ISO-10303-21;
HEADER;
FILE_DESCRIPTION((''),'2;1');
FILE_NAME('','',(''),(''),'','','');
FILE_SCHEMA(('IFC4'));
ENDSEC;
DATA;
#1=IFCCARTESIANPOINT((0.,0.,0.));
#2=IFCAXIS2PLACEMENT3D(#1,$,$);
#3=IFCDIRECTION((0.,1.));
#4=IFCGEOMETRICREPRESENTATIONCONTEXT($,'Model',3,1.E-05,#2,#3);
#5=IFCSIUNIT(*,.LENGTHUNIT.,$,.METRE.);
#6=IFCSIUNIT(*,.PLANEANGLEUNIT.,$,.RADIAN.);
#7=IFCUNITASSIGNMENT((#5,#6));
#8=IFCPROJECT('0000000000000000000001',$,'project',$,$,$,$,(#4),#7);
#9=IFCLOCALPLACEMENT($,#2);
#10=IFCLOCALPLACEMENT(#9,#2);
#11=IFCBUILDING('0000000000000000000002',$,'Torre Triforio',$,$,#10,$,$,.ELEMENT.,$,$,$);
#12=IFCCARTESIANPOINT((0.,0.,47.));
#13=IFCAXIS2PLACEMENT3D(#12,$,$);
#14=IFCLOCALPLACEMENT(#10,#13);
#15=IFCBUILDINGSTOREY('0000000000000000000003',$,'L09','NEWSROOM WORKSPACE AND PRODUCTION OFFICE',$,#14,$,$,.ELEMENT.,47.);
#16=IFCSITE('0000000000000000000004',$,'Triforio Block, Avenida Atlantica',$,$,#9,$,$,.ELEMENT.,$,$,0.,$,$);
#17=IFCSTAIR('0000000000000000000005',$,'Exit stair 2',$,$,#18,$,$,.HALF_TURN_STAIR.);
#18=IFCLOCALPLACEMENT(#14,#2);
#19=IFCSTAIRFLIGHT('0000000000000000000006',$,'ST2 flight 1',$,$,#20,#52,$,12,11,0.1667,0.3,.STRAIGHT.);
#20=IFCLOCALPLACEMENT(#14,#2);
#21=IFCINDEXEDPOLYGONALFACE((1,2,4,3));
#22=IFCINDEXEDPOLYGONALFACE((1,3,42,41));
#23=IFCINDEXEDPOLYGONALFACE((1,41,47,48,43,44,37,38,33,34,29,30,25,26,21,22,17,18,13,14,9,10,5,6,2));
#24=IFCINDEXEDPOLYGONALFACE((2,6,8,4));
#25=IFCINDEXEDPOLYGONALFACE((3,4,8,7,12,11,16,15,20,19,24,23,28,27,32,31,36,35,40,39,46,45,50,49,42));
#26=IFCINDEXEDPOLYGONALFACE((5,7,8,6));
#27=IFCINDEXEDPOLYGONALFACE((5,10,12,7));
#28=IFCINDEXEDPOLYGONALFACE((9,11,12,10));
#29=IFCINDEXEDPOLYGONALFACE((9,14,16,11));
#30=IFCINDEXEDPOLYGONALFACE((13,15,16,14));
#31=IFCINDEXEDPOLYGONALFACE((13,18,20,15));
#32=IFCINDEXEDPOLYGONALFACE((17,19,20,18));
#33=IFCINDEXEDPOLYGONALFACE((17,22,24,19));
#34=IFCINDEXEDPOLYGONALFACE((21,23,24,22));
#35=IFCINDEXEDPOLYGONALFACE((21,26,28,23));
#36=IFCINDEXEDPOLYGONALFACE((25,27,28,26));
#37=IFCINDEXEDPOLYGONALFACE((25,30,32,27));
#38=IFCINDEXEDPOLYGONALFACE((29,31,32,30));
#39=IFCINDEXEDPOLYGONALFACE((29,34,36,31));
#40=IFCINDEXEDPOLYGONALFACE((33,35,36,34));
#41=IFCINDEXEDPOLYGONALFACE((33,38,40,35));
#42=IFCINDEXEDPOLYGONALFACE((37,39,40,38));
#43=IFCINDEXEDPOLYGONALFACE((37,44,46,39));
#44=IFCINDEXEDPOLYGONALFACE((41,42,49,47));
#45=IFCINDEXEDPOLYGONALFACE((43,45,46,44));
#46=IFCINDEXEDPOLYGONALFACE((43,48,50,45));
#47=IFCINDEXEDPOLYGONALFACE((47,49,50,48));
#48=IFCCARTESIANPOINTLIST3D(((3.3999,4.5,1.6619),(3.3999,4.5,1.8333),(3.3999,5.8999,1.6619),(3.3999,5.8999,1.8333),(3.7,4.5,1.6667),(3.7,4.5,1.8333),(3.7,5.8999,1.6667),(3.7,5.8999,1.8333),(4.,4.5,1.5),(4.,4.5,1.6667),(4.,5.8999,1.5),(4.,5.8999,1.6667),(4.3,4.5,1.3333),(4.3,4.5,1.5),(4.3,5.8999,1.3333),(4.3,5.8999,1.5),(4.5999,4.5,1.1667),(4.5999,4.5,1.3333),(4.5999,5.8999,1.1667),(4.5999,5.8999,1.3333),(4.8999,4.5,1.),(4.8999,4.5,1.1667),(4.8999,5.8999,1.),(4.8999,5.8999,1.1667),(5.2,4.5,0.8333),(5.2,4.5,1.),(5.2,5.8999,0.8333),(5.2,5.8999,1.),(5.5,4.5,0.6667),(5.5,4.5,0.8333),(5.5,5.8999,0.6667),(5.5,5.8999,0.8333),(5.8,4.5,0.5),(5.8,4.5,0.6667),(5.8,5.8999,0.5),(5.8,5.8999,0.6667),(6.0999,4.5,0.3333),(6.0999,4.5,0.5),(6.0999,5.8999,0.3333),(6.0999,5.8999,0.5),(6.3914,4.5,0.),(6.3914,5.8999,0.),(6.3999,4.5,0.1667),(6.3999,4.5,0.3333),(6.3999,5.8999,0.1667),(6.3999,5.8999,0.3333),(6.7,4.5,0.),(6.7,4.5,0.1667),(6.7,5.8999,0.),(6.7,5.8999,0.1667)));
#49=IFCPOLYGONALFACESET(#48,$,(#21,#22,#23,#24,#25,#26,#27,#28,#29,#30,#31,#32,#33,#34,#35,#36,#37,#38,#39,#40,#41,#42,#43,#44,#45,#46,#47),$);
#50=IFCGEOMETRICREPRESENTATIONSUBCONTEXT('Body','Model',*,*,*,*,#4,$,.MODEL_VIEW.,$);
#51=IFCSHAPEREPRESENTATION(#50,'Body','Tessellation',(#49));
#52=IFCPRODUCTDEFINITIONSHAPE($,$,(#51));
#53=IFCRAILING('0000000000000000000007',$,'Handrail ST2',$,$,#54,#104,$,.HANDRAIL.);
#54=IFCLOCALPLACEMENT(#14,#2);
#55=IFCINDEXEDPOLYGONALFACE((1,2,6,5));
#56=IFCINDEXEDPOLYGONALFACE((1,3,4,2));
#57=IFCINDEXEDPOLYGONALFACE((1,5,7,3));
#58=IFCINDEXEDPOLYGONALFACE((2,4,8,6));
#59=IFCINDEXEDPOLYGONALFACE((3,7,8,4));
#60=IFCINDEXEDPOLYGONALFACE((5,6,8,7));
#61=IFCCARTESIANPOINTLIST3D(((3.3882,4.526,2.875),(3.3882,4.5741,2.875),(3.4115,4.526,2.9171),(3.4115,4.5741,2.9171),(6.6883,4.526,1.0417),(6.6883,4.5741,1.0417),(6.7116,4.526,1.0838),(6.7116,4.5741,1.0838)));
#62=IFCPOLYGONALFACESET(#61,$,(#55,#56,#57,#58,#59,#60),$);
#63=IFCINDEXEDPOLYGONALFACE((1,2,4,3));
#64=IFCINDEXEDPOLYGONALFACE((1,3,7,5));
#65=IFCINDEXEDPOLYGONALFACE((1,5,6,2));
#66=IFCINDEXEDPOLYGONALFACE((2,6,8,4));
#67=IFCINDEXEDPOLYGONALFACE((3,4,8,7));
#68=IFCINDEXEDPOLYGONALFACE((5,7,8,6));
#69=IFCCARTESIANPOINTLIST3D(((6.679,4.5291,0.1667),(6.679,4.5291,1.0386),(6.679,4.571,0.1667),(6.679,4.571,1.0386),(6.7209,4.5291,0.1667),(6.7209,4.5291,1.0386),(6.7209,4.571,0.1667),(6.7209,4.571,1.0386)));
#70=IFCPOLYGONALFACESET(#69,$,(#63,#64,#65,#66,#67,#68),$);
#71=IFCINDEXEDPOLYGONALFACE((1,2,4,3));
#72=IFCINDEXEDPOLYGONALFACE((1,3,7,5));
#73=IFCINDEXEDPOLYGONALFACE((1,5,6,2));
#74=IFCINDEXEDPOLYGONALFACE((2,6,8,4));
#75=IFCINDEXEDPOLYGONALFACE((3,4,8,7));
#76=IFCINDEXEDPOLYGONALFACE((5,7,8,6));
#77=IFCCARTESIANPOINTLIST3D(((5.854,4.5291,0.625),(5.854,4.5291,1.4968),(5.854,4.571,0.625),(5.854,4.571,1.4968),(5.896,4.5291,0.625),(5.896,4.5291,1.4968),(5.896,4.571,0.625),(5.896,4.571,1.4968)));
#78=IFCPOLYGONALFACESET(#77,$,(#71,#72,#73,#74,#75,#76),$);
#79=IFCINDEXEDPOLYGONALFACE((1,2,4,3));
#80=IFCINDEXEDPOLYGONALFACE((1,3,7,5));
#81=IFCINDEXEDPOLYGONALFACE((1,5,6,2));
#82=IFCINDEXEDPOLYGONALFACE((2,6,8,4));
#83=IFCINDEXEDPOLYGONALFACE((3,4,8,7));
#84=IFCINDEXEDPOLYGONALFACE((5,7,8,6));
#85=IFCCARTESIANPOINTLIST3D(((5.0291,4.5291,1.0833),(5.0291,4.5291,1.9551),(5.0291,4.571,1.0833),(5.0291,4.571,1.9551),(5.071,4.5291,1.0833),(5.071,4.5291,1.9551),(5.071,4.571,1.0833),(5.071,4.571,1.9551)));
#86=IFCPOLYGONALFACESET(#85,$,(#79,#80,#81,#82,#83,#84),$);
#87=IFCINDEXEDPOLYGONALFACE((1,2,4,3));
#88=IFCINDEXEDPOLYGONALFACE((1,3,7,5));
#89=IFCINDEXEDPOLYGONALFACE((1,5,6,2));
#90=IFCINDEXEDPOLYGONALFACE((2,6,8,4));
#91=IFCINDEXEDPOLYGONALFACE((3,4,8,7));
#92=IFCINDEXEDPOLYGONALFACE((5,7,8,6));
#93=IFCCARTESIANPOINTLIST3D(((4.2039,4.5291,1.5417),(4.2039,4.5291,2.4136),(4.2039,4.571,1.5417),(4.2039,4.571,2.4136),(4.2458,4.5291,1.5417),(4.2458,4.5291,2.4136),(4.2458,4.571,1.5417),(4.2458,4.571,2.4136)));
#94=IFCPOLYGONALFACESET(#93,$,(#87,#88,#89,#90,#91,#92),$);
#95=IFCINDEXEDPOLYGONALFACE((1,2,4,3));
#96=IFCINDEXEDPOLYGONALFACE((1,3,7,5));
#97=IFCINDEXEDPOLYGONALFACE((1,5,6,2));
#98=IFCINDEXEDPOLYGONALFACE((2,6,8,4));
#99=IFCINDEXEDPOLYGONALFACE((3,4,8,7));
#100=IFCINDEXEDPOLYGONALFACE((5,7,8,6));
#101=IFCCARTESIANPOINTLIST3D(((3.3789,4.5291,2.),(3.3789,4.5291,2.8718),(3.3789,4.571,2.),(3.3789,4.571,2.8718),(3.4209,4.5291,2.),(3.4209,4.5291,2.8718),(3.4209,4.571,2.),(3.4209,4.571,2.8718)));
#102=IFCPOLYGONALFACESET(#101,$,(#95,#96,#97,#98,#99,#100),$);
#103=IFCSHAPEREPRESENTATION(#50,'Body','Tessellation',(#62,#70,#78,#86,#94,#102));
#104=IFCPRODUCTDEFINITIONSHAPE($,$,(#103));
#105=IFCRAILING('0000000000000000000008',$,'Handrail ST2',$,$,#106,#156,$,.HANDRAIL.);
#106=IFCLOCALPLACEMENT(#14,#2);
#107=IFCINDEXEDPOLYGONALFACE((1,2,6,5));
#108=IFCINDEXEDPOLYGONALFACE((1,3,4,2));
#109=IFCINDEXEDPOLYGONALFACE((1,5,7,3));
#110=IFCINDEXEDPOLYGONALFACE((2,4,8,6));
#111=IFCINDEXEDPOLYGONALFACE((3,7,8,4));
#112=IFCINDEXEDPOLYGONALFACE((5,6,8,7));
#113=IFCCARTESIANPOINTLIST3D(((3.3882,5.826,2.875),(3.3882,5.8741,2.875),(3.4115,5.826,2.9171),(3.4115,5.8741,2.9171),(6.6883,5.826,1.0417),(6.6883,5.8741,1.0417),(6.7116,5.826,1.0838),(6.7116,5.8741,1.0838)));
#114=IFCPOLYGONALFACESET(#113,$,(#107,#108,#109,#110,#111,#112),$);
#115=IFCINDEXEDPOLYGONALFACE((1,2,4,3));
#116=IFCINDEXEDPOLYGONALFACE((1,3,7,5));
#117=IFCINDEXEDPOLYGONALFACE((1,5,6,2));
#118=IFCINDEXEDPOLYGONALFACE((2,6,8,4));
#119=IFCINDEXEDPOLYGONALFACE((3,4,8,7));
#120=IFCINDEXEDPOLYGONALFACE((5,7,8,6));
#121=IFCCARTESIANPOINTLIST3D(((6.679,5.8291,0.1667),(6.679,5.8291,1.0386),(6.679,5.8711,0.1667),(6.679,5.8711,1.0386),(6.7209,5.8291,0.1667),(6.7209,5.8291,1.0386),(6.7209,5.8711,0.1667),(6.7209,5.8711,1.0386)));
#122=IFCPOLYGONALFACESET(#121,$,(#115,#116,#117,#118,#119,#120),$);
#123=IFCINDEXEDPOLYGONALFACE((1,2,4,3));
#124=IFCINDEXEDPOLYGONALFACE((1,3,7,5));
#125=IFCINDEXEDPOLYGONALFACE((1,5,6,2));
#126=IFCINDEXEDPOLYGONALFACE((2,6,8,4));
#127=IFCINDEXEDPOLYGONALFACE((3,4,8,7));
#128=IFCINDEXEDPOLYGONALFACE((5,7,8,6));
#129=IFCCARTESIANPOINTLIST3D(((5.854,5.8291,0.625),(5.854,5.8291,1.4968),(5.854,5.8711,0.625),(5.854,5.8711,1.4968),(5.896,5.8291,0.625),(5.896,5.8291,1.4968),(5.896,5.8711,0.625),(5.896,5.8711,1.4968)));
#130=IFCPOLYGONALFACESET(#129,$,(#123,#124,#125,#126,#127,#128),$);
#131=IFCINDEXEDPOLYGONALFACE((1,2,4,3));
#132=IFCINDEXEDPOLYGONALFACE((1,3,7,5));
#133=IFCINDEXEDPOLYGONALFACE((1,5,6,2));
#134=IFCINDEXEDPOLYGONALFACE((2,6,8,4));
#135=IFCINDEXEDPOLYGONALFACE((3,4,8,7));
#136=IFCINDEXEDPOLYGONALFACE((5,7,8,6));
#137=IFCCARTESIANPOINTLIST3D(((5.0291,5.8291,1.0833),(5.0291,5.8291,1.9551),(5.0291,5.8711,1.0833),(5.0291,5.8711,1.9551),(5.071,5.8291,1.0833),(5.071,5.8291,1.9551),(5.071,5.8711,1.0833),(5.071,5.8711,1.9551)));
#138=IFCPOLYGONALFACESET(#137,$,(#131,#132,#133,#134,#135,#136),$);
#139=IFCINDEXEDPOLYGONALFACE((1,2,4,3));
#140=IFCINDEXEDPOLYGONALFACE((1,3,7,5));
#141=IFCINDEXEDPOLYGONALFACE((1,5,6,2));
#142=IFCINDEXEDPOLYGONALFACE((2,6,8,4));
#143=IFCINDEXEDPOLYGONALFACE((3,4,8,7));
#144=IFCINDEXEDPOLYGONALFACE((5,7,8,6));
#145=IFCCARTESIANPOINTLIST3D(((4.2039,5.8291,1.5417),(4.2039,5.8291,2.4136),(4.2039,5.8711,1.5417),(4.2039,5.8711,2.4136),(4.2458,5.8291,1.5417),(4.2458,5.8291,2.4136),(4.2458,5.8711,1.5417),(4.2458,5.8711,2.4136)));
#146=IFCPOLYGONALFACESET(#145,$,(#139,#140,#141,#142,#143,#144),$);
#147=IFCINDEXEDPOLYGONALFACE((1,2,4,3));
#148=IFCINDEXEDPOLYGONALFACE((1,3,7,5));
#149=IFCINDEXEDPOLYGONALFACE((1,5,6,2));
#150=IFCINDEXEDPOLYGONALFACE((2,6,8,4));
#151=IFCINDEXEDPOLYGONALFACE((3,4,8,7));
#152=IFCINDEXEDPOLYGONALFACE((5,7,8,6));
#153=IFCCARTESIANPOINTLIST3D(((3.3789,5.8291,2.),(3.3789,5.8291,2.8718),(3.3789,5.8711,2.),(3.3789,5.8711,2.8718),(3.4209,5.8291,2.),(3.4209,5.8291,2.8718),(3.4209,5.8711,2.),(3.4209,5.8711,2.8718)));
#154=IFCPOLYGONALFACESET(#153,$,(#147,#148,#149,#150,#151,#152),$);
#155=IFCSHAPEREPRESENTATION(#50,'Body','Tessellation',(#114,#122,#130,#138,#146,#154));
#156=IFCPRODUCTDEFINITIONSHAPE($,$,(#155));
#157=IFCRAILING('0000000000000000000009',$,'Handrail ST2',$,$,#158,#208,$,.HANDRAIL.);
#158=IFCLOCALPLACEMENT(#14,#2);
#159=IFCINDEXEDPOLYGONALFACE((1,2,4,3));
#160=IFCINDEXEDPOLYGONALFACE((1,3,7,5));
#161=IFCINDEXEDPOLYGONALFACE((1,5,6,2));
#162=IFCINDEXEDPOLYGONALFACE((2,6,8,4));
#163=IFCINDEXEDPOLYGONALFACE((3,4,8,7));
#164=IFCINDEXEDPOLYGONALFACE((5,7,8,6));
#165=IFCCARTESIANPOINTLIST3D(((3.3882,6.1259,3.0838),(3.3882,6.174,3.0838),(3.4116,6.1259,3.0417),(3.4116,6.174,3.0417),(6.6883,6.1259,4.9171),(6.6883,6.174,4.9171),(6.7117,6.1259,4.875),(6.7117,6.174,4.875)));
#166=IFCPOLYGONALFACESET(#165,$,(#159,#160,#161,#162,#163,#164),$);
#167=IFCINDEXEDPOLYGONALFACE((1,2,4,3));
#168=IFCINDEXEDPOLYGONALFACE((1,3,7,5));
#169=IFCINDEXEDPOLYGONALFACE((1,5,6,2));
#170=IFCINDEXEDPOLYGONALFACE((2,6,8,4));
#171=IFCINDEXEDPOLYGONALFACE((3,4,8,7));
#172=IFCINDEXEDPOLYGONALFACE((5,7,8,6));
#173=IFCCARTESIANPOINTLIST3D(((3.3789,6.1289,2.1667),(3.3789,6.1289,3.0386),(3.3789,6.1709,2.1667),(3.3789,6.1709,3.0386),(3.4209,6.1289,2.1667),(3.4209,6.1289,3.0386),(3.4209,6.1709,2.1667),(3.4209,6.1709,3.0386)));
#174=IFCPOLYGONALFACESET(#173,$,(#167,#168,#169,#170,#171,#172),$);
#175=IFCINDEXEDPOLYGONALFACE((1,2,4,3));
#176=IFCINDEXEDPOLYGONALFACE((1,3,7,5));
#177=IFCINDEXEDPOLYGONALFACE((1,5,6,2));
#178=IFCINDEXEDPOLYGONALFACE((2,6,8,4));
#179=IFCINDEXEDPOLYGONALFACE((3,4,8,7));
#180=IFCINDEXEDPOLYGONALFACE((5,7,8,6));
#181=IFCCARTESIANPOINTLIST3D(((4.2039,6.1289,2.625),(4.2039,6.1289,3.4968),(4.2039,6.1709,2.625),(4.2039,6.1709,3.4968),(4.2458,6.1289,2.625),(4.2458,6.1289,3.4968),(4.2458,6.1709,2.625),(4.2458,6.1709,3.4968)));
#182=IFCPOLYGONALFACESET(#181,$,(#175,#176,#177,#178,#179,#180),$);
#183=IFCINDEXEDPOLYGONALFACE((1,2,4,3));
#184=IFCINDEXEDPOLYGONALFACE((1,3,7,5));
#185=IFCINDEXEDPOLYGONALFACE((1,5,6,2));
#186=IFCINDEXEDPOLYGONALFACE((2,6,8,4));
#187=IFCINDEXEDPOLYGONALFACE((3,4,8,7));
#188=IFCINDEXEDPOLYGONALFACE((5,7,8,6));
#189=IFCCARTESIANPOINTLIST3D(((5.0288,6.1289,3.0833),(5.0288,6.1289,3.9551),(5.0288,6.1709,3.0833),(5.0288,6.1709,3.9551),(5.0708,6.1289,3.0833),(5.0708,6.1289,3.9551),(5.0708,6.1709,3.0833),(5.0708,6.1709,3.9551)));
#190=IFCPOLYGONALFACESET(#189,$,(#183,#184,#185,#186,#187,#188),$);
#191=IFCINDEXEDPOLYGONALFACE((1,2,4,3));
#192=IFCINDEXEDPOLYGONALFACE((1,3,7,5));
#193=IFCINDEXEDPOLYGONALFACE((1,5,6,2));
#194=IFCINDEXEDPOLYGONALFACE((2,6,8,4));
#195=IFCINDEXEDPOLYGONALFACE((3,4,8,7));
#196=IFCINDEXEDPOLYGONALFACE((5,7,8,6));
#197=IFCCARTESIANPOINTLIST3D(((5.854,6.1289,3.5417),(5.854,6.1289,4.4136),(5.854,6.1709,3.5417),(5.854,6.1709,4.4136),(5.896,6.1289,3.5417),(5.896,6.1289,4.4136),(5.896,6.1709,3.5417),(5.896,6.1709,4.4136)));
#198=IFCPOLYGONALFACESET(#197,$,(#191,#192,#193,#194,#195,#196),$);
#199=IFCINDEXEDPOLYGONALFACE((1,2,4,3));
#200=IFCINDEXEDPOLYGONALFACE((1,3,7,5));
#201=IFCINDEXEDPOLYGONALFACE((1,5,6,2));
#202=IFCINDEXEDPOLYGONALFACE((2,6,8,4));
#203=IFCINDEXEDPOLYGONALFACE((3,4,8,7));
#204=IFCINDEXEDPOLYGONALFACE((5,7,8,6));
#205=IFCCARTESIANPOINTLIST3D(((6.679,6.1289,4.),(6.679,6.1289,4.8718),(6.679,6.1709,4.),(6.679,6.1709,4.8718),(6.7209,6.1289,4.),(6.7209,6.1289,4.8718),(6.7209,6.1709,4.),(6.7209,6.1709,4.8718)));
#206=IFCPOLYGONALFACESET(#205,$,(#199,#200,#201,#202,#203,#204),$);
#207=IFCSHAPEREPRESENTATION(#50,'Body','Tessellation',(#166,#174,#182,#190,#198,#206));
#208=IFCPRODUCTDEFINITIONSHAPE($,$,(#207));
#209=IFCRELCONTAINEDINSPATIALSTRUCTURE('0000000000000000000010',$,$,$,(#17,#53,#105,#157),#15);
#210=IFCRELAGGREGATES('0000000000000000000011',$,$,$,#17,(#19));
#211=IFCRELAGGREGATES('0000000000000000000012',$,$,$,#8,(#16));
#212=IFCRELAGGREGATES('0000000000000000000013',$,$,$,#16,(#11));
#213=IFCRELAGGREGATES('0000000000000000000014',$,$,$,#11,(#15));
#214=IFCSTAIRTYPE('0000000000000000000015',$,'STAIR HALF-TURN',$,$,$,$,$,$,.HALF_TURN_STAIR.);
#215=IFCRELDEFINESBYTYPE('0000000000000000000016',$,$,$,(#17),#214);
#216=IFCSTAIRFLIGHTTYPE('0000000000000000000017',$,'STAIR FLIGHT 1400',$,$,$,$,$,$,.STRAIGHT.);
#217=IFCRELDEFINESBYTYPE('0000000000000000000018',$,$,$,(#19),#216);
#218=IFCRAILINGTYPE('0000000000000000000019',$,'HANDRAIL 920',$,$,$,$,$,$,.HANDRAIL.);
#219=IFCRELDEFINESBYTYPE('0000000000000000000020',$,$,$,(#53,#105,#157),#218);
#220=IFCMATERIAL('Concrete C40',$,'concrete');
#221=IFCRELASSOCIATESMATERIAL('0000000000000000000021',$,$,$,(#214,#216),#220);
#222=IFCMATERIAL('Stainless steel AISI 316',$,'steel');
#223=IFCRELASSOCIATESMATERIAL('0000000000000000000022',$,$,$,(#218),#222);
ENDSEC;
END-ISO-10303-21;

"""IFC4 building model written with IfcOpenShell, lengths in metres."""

from ifc_helpers import new_model, si_unit, direction, frame, origin, origin_2d, place, context, subcontext, project, spatial, polyline, rectangle, outline, extrude, material, type_object, element, aggregate, save


model = new_model("IFC4")

# Units and contexts
model_context = context("Model", 3, precision=1e-05, world=origin(), true_north=direction((0.0, 1.0)))
body_context = subcontext(model_context, "Body", "Model", "MODEL_VIEW")
ifc_project = project(units=[si_unit("LENGTHUNIT", "METRE"), si_unit("PLANEANGLEUNIT", "RADIAN")], contexts=[model_context])

# Site, building, storey
site_placement = place(None, origin())
site = spatial("IfcSite", under=ifc_project, at=site_placement, Name="Triforio Block, Avenida Atlantica", CompositionType="ELEMENT", RefElevation=0.0)
building_placement = place(site_placement, origin())
building = spatial("IfcBuilding", under=site, at=building_placement, Name="Torre Triforio", CompositionType="ELEMENT")
storey_placement = place(building_placement, frame((0.0, 0.0, 47.0)))
storey = spatial("IfcBuildingStorey", under=building, at=storey_placement, Name="L09", Description="NEWSROOM WORKSPACE AND PRODUCTION OFFICE", CompositionType="ELEMENT", Elevation=47.0)

# Shared definitions
ifc_material_1 = material(Name="Concrete C40", Category="concrete")
stair_type = type_object("IfcStairType", Name="STAIR HALF-TURN", PredefinedType="HALF_TURN_STAIR", material=ifc_material_1)

# Stair, stair flight
stair_1_placement = place(storey_placement, origin())
stair_1 = element("IfcStair", 1, at=stair_1_placement, inside=storey, type_object=stair_type, Name="Exit stair 2", PredefinedType="HALF_TURN_STAIR")
stair_flight_type = type_object("IfcStairFlightType", Name="STAIR FLIGHT 1400", PredefinedType="STRAIGHT", material=ifc_material_1)
stair_flight_placement = place(storey_placement, frame((6.7, 5.2, 0.0), z_axis=(0.0, 0.0, 1.0), x_axis=(-1.0, 0.0, 0.0)))
stair_flight = element("IfcStairFlight", 2, at=stair_flight_placement, type_object=stair_flight_type, Name="ST2 flight 1", NumberOfRisers=12, NumberOfTreads=11, PredefinedType="STRAIGHT", RiserHeight=0.1667, TreadLength=0.3, context=body_context, shape_type="SweptSolid", body=[
    extrude(outline(polyline([(0.0, 0.0), (0.0, 0.1667), (0.3, 0.1667), (0.3, 0.3333), (0.6001, 0.3333), (0.6001, 0.5), (0.8999, 0.5), (0.8999, 0.6667), (1.2, 0.6667), (1.2, 0.8333), (1.5, 0.8333), (1.5, 1.0), (1.8, 1.0), (1.8, 1.1667), (2.1001, 1.1667), (2.1001, 1.3333), (2.3999, 1.3333), (2.3999, 1.5), (2.7, 1.5), (2.7, 1.6667), (3.0, 1.6667), (3.0, 1.8333), (3.3, 1.8333), (3.3, 2.0), (3.3, 1.6619), (0.3086, 0.0), (0.0, 0.0)])), frame((0.0, 0.7, 0.0), z_axis=(0.0, -1.0, 0.0), x_axis=(1.0, 0.0, 0.0)), (0.0, 0.0, 1.0), 1.3999),
])
aggregate(stair_1, [stair_flight])

# Railings
ifc_material_2 = material(Name="Stainless steel AISI 316", Category="steel")
railing_type = type_object("IfcRailingType", Name="HANDRAIL 920", PredefinedType="HANDRAIL", material=ifc_material_2)
for number, where, name in (
    (3, (6.7, 4.55, 0.1667), "Handrail ST2"),
    (4, (6.7, 5.8501, 0.1667), "Handrail ST2"),
):
    element("IfcRailing", number, at=place(storey_placement, frame(where)), inside=storey, type_object=railing_type, Name=name, PredefinedType="HANDRAIL", context=body_context, shape_type="SweptSolid", body=[
        extrude(rectangle(XDim=0.0481, YDim=0.0481, at=origin_2d()), frame((0.0, 0.0, 0.896), z_axis=(-0.874169, 0.0, 0.485621), x_axis=(0.0, -1.0, 0.0)), (0.0, 0.0, 1.0), 3.7751),
        extrude(rectangle(XDim=0.042, YDim=0.042, at=origin_2d()), origin(), (0.0, 0.0, 1.0), 0.8718),
        extrude(rectangle(XDim=0.042, YDim=0.042, at=origin_2d()), frame((-0.825, 0.0, 0.4583)), (0.0, 0.0, 1.0), 0.8718),
        extrude(rectangle(XDim=0.042, YDim=0.042, at=origin_2d()), frame((-1.6499, 0.0, 0.9165)), (0.0, 0.0, 1.0), 0.8718),
        extrude(rectangle(XDim=0.042, YDim=0.042, at=origin_2d()), frame((-2.4751, 0.0, 1.375)), (0.0, 0.0, 1.0), 0.8718),
        extrude(rectangle(XDim=0.042, YDim=0.042, at=origin_2d()), frame((-3.3, 0.0, 1.8333)), (0.0, 0.0, 1.0), 0.8718),
    ])
railing_placement = place(storey_placement, frame((3.3999, 6.1499, 2.1667)))
element("IfcRailing", 5, at=railing_placement, inside=storey, type_object=railing_type, Name="Handrail ST2", PredefinedType="HANDRAIL", context=body_context, shape_type="SweptSolid", body=[
    extrude(rectangle(XDim=0.0481, YDim=0.0481, at=origin_2d()), frame((0.0, 0.0, 0.896), z_axis=(0.874169, 0.0, 0.485621), x_axis=(0.0, 1.0, 0.0)), (0.0, 0.0, 1.0), 3.7751),
    extrude(rectangle(XDim=0.042, YDim=0.042, at=origin_2d()), origin(), (0.0, 0.0, 1.0), 0.8718),
    extrude(rectangle(XDim=0.042, YDim=0.042, at=origin_2d()), frame((0.825, 0.0, 0.4583)), (0.0, 0.0, 1.0), 0.8718),
    extrude(rectangle(XDim=0.042, YDim=0.042, at=origin_2d()), frame((1.6499, 0.0, 0.9165)), (0.0, 0.0, 1.0), 0.8718),
    extrude(rectangle(XDim=0.042, YDim=0.042, at=origin_2d()), frame((2.4751, 0.0, 1.375)), (0.0, 0.0, 1.0), 0.8718),
    extrude(rectangle(XDim=0.042, YDim=0.042, at=origin_2d()), frame((3.3, 0.0, 1.8333)), (0.0, 0.0, 1.0), 0.8718),
])

save(model, "model.ifc")
